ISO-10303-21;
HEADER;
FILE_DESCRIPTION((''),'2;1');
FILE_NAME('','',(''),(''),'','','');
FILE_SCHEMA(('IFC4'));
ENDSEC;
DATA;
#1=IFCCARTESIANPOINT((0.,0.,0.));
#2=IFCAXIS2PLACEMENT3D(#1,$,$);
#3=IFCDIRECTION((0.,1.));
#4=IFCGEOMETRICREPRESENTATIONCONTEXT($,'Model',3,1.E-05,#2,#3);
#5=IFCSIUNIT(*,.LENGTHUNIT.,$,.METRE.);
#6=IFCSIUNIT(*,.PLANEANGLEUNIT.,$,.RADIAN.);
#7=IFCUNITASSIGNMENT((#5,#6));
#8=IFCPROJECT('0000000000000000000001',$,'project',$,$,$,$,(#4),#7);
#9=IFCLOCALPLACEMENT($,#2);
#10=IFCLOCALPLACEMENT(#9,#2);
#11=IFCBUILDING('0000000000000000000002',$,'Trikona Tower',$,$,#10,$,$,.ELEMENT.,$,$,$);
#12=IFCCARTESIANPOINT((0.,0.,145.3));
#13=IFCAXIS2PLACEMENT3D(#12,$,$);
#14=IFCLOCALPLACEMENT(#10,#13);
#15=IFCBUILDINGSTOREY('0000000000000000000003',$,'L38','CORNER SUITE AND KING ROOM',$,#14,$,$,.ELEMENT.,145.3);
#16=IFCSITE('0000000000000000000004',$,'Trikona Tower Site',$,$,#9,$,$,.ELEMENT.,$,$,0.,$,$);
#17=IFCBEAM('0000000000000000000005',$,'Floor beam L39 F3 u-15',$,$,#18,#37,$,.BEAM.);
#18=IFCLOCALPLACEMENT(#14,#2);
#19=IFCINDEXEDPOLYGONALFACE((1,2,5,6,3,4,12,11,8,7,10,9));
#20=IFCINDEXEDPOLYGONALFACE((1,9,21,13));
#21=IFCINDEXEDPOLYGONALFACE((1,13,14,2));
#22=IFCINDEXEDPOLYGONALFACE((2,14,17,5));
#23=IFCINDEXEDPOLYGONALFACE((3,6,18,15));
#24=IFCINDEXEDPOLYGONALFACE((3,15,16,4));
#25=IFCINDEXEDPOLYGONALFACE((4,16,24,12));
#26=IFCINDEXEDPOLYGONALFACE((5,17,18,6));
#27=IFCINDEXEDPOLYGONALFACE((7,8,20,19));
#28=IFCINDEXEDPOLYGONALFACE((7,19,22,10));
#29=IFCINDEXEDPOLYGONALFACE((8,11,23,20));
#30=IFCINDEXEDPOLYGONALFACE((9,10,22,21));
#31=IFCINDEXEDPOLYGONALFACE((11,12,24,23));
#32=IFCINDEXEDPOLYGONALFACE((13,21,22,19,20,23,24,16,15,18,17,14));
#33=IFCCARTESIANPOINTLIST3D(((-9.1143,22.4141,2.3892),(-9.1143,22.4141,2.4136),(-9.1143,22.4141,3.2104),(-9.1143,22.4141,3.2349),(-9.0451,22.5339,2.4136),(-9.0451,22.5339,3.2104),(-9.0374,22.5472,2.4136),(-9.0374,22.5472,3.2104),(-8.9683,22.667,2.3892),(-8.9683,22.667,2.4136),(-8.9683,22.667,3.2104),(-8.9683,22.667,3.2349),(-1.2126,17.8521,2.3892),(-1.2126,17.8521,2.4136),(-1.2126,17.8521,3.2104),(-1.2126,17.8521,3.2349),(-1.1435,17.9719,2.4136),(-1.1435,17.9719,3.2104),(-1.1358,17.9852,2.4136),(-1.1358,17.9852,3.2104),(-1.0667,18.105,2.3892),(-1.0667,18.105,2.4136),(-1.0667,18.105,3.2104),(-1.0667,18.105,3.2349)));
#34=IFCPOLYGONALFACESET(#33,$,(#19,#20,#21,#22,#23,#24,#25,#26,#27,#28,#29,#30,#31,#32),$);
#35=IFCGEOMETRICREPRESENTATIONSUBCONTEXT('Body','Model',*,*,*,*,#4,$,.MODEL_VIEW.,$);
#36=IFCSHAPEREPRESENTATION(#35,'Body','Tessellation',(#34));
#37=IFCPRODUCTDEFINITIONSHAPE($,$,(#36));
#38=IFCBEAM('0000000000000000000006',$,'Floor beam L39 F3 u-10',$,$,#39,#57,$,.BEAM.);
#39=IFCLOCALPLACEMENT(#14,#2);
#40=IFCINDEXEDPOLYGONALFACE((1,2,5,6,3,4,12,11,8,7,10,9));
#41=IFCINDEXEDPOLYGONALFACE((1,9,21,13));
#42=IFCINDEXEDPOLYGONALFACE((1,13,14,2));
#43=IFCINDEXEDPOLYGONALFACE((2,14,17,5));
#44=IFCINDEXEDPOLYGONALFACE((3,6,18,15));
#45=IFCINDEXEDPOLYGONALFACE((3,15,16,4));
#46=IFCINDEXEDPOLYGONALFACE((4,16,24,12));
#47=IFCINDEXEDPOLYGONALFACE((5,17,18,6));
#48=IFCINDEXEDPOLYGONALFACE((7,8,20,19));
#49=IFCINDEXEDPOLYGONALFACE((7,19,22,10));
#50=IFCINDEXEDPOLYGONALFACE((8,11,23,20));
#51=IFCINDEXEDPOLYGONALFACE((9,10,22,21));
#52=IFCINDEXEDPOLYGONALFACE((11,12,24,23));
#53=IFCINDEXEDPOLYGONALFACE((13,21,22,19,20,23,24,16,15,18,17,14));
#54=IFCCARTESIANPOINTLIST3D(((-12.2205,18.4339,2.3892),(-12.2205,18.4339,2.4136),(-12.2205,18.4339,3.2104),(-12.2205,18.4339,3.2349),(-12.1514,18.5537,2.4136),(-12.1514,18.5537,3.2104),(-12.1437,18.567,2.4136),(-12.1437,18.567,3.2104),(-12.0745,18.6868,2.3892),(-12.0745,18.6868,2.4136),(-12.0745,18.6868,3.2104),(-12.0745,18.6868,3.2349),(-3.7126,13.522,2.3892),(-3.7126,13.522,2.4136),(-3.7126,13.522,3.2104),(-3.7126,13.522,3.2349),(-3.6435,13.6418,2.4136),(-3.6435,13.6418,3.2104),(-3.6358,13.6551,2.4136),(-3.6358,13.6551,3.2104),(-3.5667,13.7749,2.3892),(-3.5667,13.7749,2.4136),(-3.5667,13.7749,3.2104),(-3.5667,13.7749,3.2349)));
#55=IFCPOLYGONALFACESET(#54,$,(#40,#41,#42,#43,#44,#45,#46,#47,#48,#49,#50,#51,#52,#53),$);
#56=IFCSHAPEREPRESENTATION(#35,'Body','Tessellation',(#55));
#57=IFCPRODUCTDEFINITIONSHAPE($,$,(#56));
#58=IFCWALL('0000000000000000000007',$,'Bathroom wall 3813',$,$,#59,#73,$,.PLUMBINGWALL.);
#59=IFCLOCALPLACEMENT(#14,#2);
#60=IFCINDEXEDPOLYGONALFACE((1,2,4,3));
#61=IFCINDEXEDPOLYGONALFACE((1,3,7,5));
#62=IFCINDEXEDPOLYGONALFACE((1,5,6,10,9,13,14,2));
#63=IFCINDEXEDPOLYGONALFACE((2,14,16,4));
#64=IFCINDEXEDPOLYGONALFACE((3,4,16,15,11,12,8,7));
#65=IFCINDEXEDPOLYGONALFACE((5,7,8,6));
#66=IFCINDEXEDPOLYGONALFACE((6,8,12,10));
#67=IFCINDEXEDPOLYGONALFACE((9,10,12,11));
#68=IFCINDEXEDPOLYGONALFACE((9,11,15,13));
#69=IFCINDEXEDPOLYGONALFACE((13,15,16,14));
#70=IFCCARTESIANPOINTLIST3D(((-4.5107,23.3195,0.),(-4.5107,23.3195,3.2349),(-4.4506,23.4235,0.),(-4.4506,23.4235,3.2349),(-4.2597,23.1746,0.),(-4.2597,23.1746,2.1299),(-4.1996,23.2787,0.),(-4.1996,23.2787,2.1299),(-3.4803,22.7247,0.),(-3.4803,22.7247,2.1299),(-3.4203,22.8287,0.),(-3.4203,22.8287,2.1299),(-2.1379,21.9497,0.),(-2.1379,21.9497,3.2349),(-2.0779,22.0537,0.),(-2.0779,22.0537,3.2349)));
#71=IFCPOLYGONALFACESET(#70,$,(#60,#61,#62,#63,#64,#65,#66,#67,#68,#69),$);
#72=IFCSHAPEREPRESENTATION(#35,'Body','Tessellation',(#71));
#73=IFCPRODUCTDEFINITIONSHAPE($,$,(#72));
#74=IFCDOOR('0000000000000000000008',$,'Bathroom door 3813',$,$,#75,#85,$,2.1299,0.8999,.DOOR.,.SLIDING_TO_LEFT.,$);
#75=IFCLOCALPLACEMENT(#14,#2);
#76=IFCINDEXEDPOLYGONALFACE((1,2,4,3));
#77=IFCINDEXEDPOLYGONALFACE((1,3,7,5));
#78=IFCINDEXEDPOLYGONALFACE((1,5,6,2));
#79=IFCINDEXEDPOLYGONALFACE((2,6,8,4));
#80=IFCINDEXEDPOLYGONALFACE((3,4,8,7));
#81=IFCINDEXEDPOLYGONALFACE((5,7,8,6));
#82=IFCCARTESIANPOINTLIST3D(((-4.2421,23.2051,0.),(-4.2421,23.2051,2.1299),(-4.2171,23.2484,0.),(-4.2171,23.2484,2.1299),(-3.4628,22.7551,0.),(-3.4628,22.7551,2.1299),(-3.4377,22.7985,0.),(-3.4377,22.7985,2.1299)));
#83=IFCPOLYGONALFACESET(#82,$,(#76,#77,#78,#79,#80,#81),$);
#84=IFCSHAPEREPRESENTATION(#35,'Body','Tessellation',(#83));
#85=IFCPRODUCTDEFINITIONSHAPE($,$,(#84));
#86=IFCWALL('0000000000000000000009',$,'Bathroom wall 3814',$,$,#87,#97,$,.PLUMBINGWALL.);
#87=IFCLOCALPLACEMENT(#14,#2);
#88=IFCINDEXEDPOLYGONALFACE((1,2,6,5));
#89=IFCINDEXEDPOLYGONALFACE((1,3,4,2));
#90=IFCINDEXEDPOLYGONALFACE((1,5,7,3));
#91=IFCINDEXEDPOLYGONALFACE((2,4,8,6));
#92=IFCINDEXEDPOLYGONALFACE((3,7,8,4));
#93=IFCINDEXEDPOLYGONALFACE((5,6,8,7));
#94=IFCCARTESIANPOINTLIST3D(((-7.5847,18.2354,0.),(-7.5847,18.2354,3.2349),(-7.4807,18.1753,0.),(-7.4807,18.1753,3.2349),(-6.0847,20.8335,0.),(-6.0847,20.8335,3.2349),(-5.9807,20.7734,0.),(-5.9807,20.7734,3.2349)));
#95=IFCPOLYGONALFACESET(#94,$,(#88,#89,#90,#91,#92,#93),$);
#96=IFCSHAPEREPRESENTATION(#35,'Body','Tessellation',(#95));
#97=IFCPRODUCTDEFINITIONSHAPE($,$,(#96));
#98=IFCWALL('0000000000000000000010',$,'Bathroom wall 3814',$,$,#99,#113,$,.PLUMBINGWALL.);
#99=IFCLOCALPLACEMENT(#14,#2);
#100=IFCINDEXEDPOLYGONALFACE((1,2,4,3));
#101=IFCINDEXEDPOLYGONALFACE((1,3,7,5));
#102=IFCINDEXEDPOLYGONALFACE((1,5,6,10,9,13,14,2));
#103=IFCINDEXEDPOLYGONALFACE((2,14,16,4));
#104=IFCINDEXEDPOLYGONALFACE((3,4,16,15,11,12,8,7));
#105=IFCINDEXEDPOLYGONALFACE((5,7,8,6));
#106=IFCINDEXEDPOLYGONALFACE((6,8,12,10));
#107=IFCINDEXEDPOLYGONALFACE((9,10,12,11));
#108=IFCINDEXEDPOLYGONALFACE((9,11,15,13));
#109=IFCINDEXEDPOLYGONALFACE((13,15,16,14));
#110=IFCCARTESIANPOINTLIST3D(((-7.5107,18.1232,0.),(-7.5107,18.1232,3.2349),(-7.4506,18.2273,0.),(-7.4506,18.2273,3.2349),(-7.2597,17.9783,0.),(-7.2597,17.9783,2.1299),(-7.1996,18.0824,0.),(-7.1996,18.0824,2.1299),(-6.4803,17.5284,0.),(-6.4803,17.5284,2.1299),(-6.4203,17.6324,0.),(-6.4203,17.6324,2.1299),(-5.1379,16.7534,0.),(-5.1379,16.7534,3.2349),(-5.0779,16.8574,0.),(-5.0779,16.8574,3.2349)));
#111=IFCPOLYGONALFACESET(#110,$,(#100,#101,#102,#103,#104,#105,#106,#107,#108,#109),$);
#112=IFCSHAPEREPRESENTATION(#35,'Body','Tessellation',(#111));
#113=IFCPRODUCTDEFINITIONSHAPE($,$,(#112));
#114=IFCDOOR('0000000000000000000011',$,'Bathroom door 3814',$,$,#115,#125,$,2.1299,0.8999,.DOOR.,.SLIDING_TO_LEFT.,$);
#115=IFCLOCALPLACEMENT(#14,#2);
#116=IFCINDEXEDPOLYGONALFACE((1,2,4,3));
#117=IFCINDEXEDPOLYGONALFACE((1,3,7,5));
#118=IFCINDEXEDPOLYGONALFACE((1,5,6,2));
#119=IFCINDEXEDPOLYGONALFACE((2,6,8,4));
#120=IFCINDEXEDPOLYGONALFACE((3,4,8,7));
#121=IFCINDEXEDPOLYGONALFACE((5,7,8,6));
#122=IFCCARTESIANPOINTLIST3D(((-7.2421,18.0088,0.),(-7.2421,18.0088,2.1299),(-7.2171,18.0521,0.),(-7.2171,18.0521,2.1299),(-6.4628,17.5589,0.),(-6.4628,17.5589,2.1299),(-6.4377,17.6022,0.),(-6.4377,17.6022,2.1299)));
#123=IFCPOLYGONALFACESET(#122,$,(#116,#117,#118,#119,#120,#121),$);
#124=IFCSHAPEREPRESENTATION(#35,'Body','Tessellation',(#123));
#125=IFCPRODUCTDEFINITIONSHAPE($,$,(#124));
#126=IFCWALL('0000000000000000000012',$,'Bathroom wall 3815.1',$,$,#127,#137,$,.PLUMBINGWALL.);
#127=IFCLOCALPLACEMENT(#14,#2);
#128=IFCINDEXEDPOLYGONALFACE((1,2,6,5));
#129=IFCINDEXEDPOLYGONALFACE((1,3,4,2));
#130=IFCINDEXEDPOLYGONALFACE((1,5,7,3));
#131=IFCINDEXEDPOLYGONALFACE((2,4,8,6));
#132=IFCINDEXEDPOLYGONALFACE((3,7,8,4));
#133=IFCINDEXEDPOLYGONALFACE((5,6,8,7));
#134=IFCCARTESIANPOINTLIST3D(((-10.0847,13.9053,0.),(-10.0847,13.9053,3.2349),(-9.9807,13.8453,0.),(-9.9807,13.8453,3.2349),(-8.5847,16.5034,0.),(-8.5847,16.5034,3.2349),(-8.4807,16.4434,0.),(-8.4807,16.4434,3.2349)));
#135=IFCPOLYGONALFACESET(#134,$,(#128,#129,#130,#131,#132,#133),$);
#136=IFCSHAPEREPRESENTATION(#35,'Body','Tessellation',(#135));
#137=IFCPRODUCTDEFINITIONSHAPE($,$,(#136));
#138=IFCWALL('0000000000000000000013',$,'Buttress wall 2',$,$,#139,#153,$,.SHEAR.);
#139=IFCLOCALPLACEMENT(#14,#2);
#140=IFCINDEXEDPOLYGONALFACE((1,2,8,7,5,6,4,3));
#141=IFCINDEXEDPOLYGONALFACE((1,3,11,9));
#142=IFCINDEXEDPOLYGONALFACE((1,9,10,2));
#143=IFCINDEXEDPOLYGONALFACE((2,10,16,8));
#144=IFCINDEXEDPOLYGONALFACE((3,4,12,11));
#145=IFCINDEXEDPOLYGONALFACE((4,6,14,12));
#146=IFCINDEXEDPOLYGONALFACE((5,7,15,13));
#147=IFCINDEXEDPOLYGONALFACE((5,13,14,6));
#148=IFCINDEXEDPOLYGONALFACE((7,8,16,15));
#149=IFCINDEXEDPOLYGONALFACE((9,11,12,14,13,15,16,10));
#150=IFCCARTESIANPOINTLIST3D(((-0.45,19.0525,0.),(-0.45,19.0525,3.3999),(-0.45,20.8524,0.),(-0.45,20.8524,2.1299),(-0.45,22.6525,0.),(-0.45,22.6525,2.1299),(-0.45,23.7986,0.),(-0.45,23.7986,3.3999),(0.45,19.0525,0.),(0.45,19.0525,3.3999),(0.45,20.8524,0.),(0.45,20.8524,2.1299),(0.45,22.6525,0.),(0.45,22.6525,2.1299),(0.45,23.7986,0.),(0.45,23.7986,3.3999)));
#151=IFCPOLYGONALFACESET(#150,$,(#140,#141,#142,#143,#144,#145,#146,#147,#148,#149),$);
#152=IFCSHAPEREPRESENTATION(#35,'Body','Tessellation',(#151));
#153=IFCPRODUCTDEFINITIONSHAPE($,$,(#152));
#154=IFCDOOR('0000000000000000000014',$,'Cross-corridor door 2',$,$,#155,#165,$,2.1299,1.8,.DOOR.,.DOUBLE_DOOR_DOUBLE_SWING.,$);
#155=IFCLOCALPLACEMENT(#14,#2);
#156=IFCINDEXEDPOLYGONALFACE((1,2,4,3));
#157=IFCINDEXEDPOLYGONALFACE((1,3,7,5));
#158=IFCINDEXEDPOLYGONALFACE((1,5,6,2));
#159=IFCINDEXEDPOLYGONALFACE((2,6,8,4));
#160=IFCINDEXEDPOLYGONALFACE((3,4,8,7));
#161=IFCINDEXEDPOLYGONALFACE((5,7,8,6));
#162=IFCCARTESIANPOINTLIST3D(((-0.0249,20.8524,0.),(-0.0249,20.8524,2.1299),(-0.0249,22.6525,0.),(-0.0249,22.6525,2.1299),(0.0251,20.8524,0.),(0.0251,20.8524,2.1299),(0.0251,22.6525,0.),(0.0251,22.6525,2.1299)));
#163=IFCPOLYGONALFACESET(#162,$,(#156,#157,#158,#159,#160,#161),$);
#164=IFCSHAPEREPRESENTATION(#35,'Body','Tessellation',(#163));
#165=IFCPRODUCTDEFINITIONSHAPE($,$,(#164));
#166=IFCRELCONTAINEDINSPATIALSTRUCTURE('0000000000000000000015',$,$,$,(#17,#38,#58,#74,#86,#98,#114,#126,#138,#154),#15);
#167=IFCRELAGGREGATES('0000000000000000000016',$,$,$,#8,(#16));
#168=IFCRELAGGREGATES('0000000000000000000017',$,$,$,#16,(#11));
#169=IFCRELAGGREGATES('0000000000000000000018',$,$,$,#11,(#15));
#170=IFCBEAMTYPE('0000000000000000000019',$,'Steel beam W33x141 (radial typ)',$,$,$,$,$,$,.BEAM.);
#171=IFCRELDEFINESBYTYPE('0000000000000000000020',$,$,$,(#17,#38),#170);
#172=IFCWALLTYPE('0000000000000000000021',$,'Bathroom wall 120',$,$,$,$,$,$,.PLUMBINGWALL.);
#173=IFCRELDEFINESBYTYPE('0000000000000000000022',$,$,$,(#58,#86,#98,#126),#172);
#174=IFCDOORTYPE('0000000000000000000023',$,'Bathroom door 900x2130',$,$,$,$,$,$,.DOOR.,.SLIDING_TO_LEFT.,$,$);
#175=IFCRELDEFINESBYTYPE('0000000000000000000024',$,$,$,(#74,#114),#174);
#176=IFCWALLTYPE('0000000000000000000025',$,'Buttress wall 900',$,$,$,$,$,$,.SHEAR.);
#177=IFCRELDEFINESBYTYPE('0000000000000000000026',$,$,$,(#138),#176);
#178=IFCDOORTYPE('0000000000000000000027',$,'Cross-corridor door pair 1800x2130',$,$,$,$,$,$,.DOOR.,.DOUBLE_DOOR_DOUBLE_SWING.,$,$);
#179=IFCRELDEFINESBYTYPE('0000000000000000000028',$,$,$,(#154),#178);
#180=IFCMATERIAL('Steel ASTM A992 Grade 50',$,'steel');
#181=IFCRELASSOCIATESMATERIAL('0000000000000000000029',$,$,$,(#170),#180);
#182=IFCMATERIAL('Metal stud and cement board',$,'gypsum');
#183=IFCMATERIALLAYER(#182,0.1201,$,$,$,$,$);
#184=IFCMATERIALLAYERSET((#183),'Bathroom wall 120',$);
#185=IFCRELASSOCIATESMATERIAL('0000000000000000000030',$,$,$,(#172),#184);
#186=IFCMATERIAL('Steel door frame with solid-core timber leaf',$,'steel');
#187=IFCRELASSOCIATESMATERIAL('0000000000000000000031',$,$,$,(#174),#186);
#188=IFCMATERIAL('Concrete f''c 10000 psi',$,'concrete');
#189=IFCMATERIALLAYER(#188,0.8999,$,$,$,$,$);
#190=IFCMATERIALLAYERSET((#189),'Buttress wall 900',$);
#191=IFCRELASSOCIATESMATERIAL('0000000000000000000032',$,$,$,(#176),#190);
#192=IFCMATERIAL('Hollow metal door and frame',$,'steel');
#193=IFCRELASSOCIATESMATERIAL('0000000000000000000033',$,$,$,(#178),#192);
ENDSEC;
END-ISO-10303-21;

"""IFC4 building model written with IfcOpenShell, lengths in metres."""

from ifc_helpers import new_model, si_unit, direction, frame, frame_2d, origin, origin_2d, place, context, subcontext, project, spatial, rectangle, i_section, extrude, material, layer, layer_set, material_profile, profile_set, type_object, element, fill, save


model = new_model("IFC4")

# Units and contexts
model_context = context("Model", 3, precision=1e-05, world=origin(), true_north=direction((0.0, 1.0)))
body_context = subcontext(model_context, "Body", "Model", "MODEL_VIEW")
ifc_project = project(units=[si_unit("LENGTHUNIT", "METRE"), si_unit("PLANEANGLEUNIT", "RADIAN")], contexts=[model_context])

# Site, building, storey
site_placement = place(None, origin())
site = spatial("IfcSite", under=ifc_project, at=site_placement, Name="Trikona Tower Site", CompositionType="ELEMENT", RefElevation=0.0)
building_placement = place(site_placement, origin())
building = spatial("IfcBuilding", under=site, at=building_placement, Name="Trikona Tower", CompositionType="ELEMENT")
storey_placement = place(building_placement, frame((0.0, 0.0, 145.3)))
storey = spatial("IfcBuildingStorey", under=building, at=storey_placement, Name="L38", Description="CORNER SUITE AND KING ROOM", CompositionType="ELEMENT", Elevation=145.3)

# Beams
ifc_material_1 = material(Name="Steel ASTM A992 Grade 50", Category="steel")
ifc_material_profile = material_profile(ifc_material_1, i_section(OverallWidth=0.292, OverallDepth=0.8457, WebThickness=0.0154, FlangeThickness=0.0244, at=origin_2d()), Name="W33X141")
ifc_profile_set = profile_set([ifc_material_profile], Name="Steel ASTM A992 Grade 50")
beam_type = type_object("IfcBeamType", Name="Steel beam W33x141 (radial typ)", PredefinedType="BEAM", material=ifc_profile_set)
beam_1_placement = place(storey_placement, frame((-1.1396, 17.9785, 2.812), z_axis=(-0.866025, 0.500001, 0.0), x_axis=(-0.500001, -0.866025, 0.0)))
element("IfcBeam", 1, at=beam_1_placement, inside=storey, type_object=beam_type, Name="Floor beam L39 F3 u-15", PredefinedType="BEAM", context=body_context, shape_type="SweptSolid", body=[
    extrude(i_section(OverallWidth=0.292, OverallDepth=0.8457, WebThickness=0.0154, FlangeThickness=0.0244, at=origin_2d()), origin(), (0.0, 0.0, 1.0), 9.124),
])
beam_2_placement = place(storey_placement, frame((-3.6396, 13.6484, 2.812), z_axis=(-0.866031, 0.499991, 0.0), x_axis=(-0.499991, -0.866031, 0.0)))
element("IfcBeam", 2, at=beam_2_placement, inside=storey, type_object=beam_type, Name="Floor beam L39 F3 u-10", PredefinedType="BEAM", context=body_context, shape_type="SweptSolid", body=[
    extrude(i_section(OverallWidth=0.292, OverallDepth=0.8457, WebThickness=0.0154, FlangeThickness=0.0244, at=origin_2d()), origin(), (0.0, 0.0, 1.0), 9.824),
])

# Wall, opening, door
ifc_material_2 = material(Name="Metal stud and cement board", Category="gypsum")
ifc_layer_1 = layer(ifc_material_2, 0.1201)
ifc_layer_set_1 = layer_set([ifc_layer_1], Name="Bathroom wall 120")
wall_type_1 = type_object("IfcWallType", Name="Bathroom wall 120", PredefinedType="PLUMBINGWALL", material=ifc_layer_set_1)
wall_1_placement = place(storey_placement, frame((-2.1079, 22.0017, 0.0), z_axis=(0.0, 0.0, 1.0), x_axis=(-0.866036, 0.499982, 0.0)))
wall_1 = element("IfcWall", 3, at=wall_1_placement, inside=storey, type_object=wall_type_1, Name="Bathroom wall 3813", PredefinedType="PLUMBINGWALL", context=body_context, shape_type="SweptSolid", body=[
    extrude(rectangle(XDim=2.7397, YDim=0.1201, at=frame_2d((1.3699, 0.0))), origin(), (0.0, 0.0, 1.0), 3.2349),
])
opening_1_placement = place(wall_1_placement, frame((1.55, 0.0, 0.0)))
opening_1 = element("IfcOpeningElement", 4, at=opening_1_placement, cuts=wall_1, PredefinedType="OPENING", context=body_context, shape_type="SweptSolid", body=[
    extrude(rectangle(XDim=0.8999, YDim=2.1299, at=frame_2d((0.45, 1.0649))), frame((0.0, 0.0701, 0.0), z_axis=(0.0, -1.0, 0.0), x_axis=(1.0, 0.0, 0.0)), (0.0, 0.0, 1.0), 0.1401),
])
ifc_material_3 = material(Name="Steel door frame with solid-core timber leaf", Category="steel")
door_type_1 = type_object("IfcDoorType", Name="Bathroom door 900x2130", OperationType="SLIDING_TO_LEFT", PredefinedType="DOOR", material=ifc_material_3)
door_1_placement = place(opening_1_placement, origin())
door_1 = element("IfcDoor", 5, at=door_1_placement, inside=storey, type_object=door_type_1, Name="Bathroom door 3813", OperationType="SLIDING_TO_LEFT", OverallHeight=2.1299, OverallWidth=0.8999, PredefinedType="DOOR", context=body_context, shape_type="SweptSolid", body=[
    extrude(rectangle(XDim=0.8999, YDim=2.1299, at=frame_2d((0.45, 1.0649))), frame((0.0, 0.0249, 0.0), z_axis=(0.0, -1.0, 0.0), x_axis=(1.0, 0.0, 0.0)), (0.0, 0.0, 1.0), 0.05),
])
fill(opening_1, door_1)

# Wall
wall_2_placement = place(storey_placement, frame((-6.0327, 20.8035, 0.0), z_axis=(0.0, 0.0, 1.0), x_axis=(-0.49999, -0.866031, 0.0)))
element("IfcWall", 6, at=wall_2_placement, inside=storey, type_object=wall_type_1, Name="Bathroom wall 3814", PredefinedType="PLUMBINGWALL", context=body_context, shape_type="SweptSolid", body=[
    extrude(rectangle(XDim=3.0, YDim=0.1201, at=frame_2d((1.5, 0.0))), origin(), (0.0, 0.0, 1.0), 3.2349),
])

# Wall, opening, door
wall_3_placement = place(storey_placement, frame((-5.1079, 16.8054, 0.0), z_axis=(0.0, 0.0, 1.0), x_axis=(-0.866036, 0.499982, 0.0)))
wall_3 = element("IfcWall", 7, at=wall_3_placement, inside=storey, type_object=wall_type_1, Name="Bathroom wall 3814", PredefinedType="PLUMBINGWALL", context=body_context, shape_type="SweptSolid", body=[
    extrude(rectangle(XDim=2.7397, YDim=0.1201, at=frame_2d((1.3699, 0.0))), origin(), (0.0, 0.0, 1.0), 3.2349),
])
opening_2_placement = place(wall_3_placement, frame((1.55, 0.0, 0.0)))
opening_2 = element("IfcOpeningElement", 8, at=opening_2_placement, cuts=wall_3, PredefinedType="OPENING", context=body_context, shape_type="SweptSolid", body=[
    extrude(rectangle(XDim=0.8999, YDim=2.1299, at=frame_2d((0.45, 1.0649))), frame((0.0, 0.0701, 0.0), z_axis=(0.0, -1.0, 0.0), x_axis=(1.0, 0.0, 0.0)), (0.0, 0.0, 1.0), 0.1401),
])
door_2_placement = place(opening_2_placement, origin())
door_2 = element("IfcDoor", 9, at=door_2_placement, inside=storey, type_object=door_type_1, Name="Bathroom door 3814", OperationType="SLIDING_TO_LEFT", OverallHeight=2.1299, OverallWidth=0.8999, PredefinedType="DOOR", context=body_context, shape_type="SweptSolid", body=[
    extrude(rectangle(XDim=0.8999, YDim=2.1299, at=frame_2d((0.45, 1.0649))), frame((0.0, 0.0249, 0.0), z_axis=(0.0, -1.0, 0.0), x_axis=(1.0, 0.0, 0.0)), (0.0, 0.0, 1.0), 0.05),
])
fill(opening_2, door_2)

# Wall
wall_4_placement = place(storey_placement, frame((-8.5327, 16.4734, 0.0), z_axis=(0.0, 0.0, 1.0), x_axis=(-0.49999, -0.866031, 0.0)))
element("IfcWall", 10, at=wall_4_placement, inside=storey, type_object=wall_type_1, Name="Bathroom wall 3815.1", PredefinedType="PLUMBINGWALL", context=body_context, shape_type="SweptSolid", body=[
    extrude(rectangle(XDim=3.0, YDim=0.1201, at=frame_2d((1.5, 0.0))), origin(), (0.0, 0.0, 1.0), 3.2349),
])

# Wall, opening, door
ifc_material_4 = material(Name="Concrete f'c 10000 psi", Category="concrete")
ifc_layer_2 = layer(ifc_material_4, 0.8999)
ifc_layer_set_2 = layer_set([ifc_layer_2], Name="Buttress wall 900")
wall_type_2 = type_object("IfcWallType", Name="Buttress wall 900", PredefinedType="SHEAR", material=ifc_layer_set_2)
wall_5_placement = place(storey_placement, frame((0.0, 19.0525, 0.0), z_axis=(0.0, 0.0, 1.0), x_axis=(0.0, 1.0, 0.0)))
wall_5 = element("IfcWall", 11, at=wall_5_placement, inside=storey, type_object=wall_type_2, Name="Buttress wall 2", PredefinedType="SHEAR", context=body_context, shape_type="SweptSolid", body=[
    extrude(rectangle(XDim=4.7461, YDim=0.8999, at=frame_2d((2.373, 0.0))), origin(), (0.0, 0.0, 1.0), 3.3999),
])
opening_3_placement = place(wall_5_placement, frame((1.8, 0.0, 0.0)))
opening_3 = element("IfcOpeningElement", 12, at=opening_3_placement, cuts=wall_5, PredefinedType="OPENING", context=body_context, shape_type="SweptSolid", body=[
    extrude(rectangle(XDim=1.8, YDim=2.1299, at=frame_2d((0.8999, 1.0649))), frame((0.0, 0.46, 0.0), z_axis=(0.0, -1.0, 0.0), x_axis=(1.0, 0.0, 0.0)), (0.0, 0.0, 1.0), 0.9199),
])
ifc_material_5 = material(Name="Hollow metal door and frame", Category="steel")
door_type_2 = type_object("IfcDoorType", Name="Cross-corridor door pair 1800x2130", OperationType="DOUBLE_DOOR_DOUBLE_SWING", PredefinedType="DOOR", material=ifc_material_5)
door_3_placement = place(opening_3_placement, origin())
door_3 = element("IfcDoor", 13, at=door_3_placement, inside=storey, type_object=door_type_2, Name="Cross-corridor door 2", OperationType="DOUBLE_DOOR_DOUBLE_SWING", OverallHeight=2.1299, OverallWidth=1.8, PredefinedType="DOOR", context=body_context, shape_type="SweptSolid", body=[
    extrude(rectangle(XDim=1.8, YDim=2.1299, at=frame_2d((0.8999, 1.0649))), frame((0.0, 0.0249, 0.0), z_axis=(0.0, -1.0, 0.0), x_axis=(1.0, 0.0, 0.0)), (0.0, 0.0, 1.0), 0.05),
])
fill(opening_3, door_3)

save(model, "model.ifc")
